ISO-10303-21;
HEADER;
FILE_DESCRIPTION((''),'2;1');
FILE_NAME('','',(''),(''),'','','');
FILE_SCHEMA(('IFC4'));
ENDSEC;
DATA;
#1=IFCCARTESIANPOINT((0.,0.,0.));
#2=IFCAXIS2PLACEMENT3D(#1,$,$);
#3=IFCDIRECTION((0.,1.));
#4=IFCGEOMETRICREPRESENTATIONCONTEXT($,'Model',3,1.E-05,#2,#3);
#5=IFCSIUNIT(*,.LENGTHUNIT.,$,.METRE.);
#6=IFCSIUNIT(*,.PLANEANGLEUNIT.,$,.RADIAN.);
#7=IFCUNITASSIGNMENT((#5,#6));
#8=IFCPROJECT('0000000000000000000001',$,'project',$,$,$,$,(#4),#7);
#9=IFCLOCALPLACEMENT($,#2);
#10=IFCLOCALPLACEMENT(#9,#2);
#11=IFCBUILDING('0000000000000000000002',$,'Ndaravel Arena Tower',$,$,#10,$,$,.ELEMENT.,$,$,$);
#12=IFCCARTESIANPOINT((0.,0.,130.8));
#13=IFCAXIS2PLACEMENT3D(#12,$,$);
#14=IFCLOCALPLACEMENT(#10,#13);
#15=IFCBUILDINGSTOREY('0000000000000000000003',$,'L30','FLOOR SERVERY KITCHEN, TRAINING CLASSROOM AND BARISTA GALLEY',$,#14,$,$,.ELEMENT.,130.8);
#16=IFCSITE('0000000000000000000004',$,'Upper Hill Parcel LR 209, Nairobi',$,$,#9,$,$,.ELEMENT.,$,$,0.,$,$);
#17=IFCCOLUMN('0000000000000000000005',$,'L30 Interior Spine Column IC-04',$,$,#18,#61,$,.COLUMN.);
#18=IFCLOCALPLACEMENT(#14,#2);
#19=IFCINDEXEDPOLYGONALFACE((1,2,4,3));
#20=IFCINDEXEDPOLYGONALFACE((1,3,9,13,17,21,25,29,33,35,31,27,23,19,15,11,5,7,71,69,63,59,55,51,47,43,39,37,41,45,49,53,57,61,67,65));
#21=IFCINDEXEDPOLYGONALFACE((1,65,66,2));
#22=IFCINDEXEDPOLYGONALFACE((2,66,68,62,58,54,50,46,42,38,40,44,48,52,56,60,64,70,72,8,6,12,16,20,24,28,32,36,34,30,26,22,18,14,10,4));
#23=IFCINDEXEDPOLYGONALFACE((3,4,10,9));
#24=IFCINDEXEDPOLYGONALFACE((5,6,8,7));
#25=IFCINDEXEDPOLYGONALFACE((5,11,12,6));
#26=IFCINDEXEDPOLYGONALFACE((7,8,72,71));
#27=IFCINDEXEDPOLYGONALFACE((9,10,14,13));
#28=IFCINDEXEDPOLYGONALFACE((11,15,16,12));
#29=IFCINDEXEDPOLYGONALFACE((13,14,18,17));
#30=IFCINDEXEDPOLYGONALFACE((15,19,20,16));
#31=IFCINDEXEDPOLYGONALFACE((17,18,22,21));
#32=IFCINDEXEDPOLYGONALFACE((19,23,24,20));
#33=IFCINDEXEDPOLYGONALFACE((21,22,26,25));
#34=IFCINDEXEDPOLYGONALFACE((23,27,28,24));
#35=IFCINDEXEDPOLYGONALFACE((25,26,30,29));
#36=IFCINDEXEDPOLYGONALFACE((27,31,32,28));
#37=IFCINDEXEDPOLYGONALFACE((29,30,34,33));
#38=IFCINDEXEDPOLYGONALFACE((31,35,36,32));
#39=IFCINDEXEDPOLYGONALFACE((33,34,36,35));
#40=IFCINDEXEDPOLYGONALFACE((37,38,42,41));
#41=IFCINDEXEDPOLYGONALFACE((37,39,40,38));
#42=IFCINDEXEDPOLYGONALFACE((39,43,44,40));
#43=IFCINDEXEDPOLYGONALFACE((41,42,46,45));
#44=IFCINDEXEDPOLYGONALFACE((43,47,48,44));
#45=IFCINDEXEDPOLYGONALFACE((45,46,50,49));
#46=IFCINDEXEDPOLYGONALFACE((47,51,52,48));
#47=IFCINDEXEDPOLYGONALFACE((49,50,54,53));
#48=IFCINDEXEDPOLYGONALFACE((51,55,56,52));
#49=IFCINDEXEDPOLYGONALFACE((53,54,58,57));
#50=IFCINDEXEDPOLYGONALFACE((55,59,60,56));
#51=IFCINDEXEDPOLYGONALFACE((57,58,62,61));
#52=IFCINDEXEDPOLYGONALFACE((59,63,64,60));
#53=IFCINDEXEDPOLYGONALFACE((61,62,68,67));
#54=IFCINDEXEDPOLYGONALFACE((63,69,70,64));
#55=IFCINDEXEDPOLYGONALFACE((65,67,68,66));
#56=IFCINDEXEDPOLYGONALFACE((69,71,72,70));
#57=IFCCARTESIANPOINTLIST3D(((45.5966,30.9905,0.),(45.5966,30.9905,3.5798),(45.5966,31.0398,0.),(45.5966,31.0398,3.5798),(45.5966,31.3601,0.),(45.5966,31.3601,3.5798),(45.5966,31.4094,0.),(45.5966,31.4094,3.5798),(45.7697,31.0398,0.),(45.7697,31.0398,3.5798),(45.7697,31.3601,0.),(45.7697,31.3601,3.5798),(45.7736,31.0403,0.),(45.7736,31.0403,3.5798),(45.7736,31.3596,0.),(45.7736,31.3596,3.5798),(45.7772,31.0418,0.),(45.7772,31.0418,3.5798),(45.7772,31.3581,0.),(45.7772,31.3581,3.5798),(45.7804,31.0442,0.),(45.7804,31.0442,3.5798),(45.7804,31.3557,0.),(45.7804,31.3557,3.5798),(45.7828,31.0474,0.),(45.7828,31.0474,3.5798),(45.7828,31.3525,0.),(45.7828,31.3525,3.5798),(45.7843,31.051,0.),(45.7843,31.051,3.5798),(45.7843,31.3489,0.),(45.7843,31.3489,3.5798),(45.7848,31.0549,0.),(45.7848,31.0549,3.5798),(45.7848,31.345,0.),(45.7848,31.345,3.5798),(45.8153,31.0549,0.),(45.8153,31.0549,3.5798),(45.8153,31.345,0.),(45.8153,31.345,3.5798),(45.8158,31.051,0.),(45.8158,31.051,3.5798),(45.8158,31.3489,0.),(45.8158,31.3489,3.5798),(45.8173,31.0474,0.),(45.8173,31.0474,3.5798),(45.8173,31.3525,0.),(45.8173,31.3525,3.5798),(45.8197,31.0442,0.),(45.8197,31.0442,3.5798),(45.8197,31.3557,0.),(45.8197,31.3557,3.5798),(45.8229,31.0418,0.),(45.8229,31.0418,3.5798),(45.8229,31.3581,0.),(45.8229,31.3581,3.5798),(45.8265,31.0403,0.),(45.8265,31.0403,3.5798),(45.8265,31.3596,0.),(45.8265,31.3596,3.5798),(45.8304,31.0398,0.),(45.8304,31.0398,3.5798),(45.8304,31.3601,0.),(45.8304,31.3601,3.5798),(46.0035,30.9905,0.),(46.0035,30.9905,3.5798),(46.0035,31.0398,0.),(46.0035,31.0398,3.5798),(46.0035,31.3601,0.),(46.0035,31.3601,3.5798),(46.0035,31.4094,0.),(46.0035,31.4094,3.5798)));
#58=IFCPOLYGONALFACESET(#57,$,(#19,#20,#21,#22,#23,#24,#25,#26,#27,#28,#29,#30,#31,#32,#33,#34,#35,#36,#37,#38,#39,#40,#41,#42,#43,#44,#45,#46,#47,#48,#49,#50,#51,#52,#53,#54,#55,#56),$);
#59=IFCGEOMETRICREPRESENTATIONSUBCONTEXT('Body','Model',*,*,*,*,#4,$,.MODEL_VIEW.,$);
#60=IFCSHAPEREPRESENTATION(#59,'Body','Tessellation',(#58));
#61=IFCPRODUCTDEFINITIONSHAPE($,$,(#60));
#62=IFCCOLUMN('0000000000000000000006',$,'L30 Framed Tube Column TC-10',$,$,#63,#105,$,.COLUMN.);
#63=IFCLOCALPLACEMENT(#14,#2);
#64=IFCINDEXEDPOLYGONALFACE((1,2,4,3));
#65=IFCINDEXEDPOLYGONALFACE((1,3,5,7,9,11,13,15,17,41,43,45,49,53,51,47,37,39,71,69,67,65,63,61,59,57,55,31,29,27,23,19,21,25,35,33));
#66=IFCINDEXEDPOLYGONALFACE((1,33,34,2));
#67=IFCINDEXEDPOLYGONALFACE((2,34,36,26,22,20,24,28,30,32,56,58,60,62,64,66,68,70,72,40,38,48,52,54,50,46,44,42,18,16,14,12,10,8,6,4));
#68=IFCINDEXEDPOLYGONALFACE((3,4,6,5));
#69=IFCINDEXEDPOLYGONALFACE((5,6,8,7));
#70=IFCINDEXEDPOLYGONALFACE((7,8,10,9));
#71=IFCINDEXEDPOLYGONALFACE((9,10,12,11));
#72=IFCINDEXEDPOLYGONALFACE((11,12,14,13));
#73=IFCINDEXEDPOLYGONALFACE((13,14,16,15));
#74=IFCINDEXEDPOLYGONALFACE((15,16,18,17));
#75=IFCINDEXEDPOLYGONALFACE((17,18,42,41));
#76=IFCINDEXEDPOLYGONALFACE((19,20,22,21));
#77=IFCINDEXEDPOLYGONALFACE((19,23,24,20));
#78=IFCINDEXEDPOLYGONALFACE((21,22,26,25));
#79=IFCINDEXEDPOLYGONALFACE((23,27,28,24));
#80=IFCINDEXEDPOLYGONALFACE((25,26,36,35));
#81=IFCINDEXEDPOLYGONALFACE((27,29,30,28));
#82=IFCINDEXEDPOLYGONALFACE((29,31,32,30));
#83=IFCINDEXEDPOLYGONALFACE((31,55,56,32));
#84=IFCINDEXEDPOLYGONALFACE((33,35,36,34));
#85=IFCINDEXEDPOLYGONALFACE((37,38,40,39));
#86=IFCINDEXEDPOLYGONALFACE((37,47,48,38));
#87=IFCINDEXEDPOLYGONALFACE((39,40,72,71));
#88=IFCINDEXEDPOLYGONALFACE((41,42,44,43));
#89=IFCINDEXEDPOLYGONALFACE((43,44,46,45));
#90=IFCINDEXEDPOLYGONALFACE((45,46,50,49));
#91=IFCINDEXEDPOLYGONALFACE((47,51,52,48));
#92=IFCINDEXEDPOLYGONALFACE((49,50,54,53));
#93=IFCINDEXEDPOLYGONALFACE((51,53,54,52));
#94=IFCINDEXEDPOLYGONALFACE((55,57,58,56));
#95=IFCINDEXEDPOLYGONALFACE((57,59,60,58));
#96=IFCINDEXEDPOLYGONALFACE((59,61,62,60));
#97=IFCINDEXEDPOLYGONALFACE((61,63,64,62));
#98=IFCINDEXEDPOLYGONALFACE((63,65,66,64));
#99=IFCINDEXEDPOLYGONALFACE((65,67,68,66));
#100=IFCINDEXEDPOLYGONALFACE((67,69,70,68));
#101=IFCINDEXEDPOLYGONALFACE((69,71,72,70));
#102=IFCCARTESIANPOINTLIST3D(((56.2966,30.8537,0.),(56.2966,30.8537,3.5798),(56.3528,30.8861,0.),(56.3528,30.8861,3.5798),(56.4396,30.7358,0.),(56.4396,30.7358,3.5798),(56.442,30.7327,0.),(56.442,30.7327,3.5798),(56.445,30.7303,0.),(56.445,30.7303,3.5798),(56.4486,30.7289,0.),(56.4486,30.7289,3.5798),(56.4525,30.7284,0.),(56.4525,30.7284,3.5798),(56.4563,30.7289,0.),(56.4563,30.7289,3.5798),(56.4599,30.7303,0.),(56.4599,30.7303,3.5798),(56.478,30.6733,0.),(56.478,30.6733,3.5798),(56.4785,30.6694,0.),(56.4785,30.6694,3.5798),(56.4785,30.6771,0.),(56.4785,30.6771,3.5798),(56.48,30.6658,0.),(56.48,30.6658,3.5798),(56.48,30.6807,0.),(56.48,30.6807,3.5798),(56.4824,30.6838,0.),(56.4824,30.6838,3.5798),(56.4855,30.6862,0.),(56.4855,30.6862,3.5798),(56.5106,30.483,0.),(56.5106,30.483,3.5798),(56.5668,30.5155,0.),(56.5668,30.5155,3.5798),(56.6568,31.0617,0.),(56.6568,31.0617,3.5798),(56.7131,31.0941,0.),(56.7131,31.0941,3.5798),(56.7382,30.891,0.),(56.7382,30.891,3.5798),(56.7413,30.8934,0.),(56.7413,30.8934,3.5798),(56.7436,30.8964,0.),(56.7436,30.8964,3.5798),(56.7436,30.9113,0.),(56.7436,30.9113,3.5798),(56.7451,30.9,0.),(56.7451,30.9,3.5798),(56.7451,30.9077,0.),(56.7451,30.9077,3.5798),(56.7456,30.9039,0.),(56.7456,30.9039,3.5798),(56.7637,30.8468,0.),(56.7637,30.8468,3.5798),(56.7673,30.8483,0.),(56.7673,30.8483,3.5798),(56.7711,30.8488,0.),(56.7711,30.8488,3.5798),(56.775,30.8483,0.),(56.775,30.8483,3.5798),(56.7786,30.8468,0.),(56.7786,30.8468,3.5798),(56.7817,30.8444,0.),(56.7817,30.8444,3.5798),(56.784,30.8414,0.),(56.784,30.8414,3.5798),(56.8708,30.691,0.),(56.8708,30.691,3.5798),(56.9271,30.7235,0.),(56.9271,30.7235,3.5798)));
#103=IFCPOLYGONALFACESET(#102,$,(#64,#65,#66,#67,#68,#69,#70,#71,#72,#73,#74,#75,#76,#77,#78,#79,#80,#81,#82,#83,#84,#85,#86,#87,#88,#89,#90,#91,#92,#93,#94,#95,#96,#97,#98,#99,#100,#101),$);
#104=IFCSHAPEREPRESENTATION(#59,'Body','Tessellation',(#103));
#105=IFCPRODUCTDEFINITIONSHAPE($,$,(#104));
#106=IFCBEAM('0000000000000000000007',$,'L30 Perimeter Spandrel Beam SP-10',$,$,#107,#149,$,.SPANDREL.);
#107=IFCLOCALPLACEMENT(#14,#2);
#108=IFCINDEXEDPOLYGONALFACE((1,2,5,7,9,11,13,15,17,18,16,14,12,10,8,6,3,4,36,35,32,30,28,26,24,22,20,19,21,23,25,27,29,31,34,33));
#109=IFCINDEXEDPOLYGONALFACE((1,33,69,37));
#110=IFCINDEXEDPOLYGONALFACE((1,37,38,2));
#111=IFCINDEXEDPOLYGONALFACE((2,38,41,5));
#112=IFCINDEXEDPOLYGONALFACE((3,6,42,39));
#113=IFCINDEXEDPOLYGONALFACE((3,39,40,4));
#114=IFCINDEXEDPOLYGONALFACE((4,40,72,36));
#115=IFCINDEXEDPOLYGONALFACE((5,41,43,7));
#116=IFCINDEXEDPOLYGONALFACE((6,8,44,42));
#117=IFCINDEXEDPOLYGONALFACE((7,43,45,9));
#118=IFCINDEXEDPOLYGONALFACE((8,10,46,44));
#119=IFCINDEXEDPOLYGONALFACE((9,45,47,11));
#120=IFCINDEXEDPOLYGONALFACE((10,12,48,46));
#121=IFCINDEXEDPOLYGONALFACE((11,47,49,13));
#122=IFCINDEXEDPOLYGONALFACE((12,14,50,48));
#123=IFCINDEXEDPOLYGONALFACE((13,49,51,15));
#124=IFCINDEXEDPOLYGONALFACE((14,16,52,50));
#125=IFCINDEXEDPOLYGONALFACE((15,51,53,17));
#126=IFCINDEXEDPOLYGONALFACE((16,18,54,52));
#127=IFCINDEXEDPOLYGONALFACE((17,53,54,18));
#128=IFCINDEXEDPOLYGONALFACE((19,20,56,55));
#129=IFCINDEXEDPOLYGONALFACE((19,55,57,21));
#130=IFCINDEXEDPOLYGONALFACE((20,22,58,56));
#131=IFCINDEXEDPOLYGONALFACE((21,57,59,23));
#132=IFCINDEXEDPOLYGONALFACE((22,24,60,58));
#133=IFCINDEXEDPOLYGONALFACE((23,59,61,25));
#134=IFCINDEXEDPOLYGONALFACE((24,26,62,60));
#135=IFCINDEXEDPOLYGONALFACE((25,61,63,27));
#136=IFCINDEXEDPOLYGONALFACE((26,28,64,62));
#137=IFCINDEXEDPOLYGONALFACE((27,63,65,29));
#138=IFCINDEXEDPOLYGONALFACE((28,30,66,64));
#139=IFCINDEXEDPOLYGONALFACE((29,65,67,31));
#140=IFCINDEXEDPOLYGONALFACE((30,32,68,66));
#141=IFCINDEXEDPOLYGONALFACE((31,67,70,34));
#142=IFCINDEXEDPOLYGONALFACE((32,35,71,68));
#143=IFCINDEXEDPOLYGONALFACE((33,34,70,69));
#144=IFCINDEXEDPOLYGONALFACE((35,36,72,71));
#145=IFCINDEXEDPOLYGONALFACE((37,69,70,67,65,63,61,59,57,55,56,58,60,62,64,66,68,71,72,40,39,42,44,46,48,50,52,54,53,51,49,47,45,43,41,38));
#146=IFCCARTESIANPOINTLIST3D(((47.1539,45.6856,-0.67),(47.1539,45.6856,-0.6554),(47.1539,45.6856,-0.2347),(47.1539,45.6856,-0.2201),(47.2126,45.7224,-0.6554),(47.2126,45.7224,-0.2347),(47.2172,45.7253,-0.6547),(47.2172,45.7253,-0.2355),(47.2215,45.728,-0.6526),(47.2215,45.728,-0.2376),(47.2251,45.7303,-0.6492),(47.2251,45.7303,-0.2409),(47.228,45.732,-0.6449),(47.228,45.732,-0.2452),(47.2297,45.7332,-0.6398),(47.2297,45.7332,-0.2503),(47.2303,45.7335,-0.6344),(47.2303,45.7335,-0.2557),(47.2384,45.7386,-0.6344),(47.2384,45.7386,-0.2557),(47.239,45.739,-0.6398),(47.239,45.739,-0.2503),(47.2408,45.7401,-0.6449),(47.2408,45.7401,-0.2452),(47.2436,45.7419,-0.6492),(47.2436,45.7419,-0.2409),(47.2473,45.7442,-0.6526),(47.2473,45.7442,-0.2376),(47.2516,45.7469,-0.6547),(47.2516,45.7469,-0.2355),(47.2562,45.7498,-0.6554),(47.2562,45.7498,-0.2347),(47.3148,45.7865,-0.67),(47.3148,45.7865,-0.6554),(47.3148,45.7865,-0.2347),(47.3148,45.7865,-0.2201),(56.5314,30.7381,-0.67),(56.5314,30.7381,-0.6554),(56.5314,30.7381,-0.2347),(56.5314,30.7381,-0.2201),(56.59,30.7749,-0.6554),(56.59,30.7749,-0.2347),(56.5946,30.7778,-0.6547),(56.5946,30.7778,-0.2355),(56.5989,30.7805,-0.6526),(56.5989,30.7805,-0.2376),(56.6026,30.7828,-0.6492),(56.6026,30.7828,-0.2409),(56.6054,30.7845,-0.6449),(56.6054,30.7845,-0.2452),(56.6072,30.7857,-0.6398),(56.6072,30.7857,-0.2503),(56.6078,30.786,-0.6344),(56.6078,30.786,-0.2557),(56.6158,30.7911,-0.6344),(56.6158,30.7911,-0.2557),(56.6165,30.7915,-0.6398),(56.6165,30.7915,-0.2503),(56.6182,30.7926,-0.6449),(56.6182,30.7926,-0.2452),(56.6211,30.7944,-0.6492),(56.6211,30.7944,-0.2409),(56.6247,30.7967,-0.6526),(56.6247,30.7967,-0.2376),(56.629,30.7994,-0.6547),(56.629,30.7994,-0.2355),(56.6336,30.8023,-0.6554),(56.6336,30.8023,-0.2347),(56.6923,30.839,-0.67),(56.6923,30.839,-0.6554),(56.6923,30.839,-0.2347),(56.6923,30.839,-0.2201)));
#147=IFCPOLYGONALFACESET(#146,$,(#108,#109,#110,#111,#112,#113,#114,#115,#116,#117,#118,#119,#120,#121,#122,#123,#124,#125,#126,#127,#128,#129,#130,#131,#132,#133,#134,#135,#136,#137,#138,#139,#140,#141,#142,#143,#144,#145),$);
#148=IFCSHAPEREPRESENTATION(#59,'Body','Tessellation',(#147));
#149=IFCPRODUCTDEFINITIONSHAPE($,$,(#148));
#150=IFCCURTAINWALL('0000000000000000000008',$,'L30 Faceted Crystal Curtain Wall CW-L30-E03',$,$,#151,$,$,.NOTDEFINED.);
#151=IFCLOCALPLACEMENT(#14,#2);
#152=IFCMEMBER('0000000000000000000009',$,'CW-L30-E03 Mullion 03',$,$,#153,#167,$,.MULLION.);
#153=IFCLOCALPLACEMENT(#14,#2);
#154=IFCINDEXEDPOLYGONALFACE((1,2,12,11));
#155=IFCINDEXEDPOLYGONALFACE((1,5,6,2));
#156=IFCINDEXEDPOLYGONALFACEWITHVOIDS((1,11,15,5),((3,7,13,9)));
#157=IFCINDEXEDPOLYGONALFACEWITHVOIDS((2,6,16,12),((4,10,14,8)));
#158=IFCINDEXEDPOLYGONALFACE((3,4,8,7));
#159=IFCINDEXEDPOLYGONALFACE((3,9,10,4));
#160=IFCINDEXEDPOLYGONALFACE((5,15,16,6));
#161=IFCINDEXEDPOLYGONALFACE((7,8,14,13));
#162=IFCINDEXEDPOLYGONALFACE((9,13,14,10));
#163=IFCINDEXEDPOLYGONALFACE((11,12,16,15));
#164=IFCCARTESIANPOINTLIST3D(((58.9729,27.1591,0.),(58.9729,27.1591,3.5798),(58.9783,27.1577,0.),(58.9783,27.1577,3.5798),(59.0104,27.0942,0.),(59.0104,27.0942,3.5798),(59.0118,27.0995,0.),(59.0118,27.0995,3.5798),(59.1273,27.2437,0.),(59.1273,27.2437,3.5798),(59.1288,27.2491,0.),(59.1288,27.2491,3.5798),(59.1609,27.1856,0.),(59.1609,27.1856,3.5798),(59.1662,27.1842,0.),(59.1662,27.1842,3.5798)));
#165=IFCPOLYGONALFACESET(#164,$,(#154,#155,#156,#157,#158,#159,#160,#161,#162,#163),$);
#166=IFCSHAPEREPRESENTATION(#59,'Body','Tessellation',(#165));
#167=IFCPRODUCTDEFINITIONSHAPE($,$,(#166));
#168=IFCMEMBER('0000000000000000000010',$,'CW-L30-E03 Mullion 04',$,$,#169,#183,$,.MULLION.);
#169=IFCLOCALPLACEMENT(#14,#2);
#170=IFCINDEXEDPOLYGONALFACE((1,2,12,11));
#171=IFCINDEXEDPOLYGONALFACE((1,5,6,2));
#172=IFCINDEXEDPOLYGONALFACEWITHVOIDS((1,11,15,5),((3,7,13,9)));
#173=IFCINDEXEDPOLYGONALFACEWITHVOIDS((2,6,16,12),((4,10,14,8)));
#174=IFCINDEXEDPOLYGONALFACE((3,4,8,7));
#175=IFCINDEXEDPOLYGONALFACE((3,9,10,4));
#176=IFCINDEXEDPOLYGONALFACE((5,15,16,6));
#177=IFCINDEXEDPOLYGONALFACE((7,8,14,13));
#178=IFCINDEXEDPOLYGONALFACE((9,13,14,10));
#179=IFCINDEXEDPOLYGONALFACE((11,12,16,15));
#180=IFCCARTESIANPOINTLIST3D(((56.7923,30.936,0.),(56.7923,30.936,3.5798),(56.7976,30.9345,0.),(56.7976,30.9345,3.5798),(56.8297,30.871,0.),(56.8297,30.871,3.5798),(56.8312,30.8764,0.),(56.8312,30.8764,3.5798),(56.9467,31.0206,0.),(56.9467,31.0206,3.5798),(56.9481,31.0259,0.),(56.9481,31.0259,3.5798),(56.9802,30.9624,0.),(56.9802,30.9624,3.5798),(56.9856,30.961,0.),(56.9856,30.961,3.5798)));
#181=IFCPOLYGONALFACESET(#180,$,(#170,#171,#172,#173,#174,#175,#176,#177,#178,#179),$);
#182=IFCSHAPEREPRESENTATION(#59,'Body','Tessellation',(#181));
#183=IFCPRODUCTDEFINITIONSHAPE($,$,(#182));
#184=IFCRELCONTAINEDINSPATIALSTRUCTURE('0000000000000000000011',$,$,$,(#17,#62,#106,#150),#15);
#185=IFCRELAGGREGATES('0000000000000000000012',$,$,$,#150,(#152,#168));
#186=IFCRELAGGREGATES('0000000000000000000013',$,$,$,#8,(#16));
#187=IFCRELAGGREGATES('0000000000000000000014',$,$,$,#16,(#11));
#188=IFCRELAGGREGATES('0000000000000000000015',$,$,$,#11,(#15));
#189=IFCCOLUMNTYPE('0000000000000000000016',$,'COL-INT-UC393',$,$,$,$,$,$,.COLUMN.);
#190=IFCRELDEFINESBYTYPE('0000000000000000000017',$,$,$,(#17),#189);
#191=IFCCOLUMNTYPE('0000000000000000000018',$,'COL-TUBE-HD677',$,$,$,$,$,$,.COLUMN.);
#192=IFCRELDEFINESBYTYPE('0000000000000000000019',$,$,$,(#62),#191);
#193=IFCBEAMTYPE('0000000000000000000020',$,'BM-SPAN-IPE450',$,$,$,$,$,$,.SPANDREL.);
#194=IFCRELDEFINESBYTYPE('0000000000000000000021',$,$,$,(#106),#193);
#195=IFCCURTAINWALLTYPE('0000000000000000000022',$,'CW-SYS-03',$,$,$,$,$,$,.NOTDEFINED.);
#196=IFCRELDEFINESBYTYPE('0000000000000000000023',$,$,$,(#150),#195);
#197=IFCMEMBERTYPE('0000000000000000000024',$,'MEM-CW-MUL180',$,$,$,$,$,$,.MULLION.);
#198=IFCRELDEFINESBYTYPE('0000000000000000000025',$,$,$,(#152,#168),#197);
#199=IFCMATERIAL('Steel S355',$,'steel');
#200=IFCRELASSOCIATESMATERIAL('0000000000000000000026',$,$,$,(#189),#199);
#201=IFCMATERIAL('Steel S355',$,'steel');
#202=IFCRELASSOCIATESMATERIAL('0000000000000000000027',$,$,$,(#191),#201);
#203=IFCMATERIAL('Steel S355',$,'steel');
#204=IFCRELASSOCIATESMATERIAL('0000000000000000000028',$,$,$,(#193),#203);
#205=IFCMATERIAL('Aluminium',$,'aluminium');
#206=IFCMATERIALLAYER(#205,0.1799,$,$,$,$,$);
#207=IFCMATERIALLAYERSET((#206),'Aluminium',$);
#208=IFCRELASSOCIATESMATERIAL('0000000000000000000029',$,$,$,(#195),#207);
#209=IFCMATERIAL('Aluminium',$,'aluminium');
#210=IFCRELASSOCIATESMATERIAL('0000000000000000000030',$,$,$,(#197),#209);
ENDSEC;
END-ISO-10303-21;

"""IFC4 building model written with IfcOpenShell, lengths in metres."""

from ifc_helpers import new_model, si_unit, direction, frame, origin, origin_2d, place, context, subcontext, project, spatial, hollow_rectangle, i_section, extrude, material, layer, layer_set, material_profile, profile_set, type_object, element, aggregate, save


model = new_model("IFC4")

# Units and contexts
model_context = context("Model", 3, precision=1e-05, world=origin(), true_north=direction((0.0, 1.0)))
body_context = subcontext(model_context, "Body", "Model", "MODEL_VIEW")
ifc_project = project(units=[si_unit("LENGTHUNIT", "METRE"), si_unit("PLANEANGLEUNIT", "RADIAN")], contexts=[model_context])

# Site, building, storey
site_placement = place(None, origin())
site = spatial("IfcSite", under=ifc_project, at=site_placement, Name="Upper Hill Parcel LR 209, Nairobi", CompositionType="ELEMENT", RefElevation=0.0)
building_placement = place(site_placement, origin())
building = spatial("IfcBuilding", under=site, at=building_placement, Name="Ndaravel Arena Tower", CompositionType="ELEMENT")
storey_placement = place(building_placement, frame((0.0, 0.0, 130.8)))
storey = spatial("IfcBuildingStorey", under=building, at=storey_placement, Name="L30", Description="FLOOR SERVERY KITCHEN, TRAINING CLASSROOM AND BARISTA GALLEY", CompositionType="ELEMENT", Elevation=130.8)

# Columns
ifc_material_1 = material(Name="Steel S355", Category="steel")
ifc_material_profile_1 = material_profile(ifc_material_1, i_section(OverallWidth=0.407, OverallDepth=0.4189, WebThickness=0.0305, FlangeThickness=0.0493, FilletRadius=0.0151, at=origin_2d()), Name="UC 356x406x393")
ifc_profile_set_1 = profile_set([ifc_material_profile_1], Name="Steel S355")
column_type_1 = type_object("IfcColumnType", Name="COL-INT-UC393", PredefinedType="COLUMN", material=ifc_profile_set_1)
column_1_placement = place(storey_placement, frame((45.8, 31.2, 0.0), z_axis=(0.0, 0.0, 1.0), x_axis=(1.0, 0.0, 0.0)))
element("IfcColumn", 1, at=column_1_placement, inside=storey, type_object=column_type_1, Name="L30 Interior Spine Column IC-04", PredefinedType="COLUMN", context=body_context, shape_type="SweptSolid", body=[
    extrude(i_section(OverallWidth=0.407, OverallDepth=0.4189, WebThickness=0.0305, FlangeThickness=0.0493, FilletRadius=0.0151, at=origin_2d()), origin(), (0.0, 0.0, 1.0), 3.5798),
])
ifc_material_2 = material(Name="Steel S355", Category="steel")
ifc_material_profile_2 = material_profile(ifc_material_2, i_section(OverallWidth=0.428, OverallDepth=0.481, WebThickness=0.051, FlangeThickness=0.0649, FilletRadius=0.0149, at=origin_2d()), Name="HD 400x677")
ifc_profile_set_2 = profile_set([ifc_material_profile_2], Name="Steel S355")
column_type_2 = type_object("IfcColumnType", Name="COL-TUBE-HD677", PredefinedType="COLUMN", material=ifc_profile_set_2)
column_2_placement = place(storey_placement, frame((56.6118, 30.7886, 0.0), z_axis=(0.0, 0.0, 1.0), x_axis=(-0.5, 0.866025, 0.0)))
element("IfcColumn", 2, at=column_2_placement, inside=storey, type_object=column_type_2, Name="L30 Framed Tube Column TC-10", PredefinedType="COLUMN", context=body_context, shape_type="SweptSolid", body=[
    extrude(i_section(OverallWidth=0.428, OverallDepth=0.481, WebThickness=0.051, FlangeThickness=0.0649, FilletRadius=0.0149, at=origin_2d()), origin(), (0.0, 0.0, 1.0), 3.5798),
])

# Beam
ifc_material_3 = material(Name="Steel S355", Category="steel")
ifc_material_profile_3 = material_profile(ifc_material_3, i_section(OverallWidth=0.1899, OverallDepth=0.45, WebThickness=0.0095, FlangeThickness=0.0146, FilletRadius=0.021, at=origin_2d()), Name="IPE 450")
ifc_profile_set_3 = profile_set([ifc_material_profile_3], Name="Steel S355")
beam_type = type_object("IfcBeamType", Name="BM-SPAN-IPE450", PredefinedType="SPANDREL", material=ifc_profile_set_3)
beam_placement = place(storey_placement, frame((56.6118, 30.7886, -0.4451), z_axis=(-0.531435, 0.847099, 0.0), x_axis=(-0.847099, -0.531435, 0.0)))
element("IfcBeam", 3, at=beam_placement, inside=storey, type_object=beam_type, Name="L30 Perimeter Spandrel Beam SP-10", PredefinedType="SPANDREL", context=body_context, shape_type="SweptSolid", body=[
    extrude(i_section(OverallWidth=0.1899, OverallDepth=0.45, WebThickness=0.0095, FlangeThickness=0.0146, FilletRadius=0.021, at=origin_2d()), origin(), (0.0, 0.0, 1.0), 17.6455),
])

# Curtain wall, members
ifc_material_4 = material(Name="Aluminium", Category="aluminium")
ifc_layer_1 = layer(ifc_material_4, 0.1799)
ifc_layer_set_1 = layer_set([ifc_layer_1], Name="Aluminium")
curtain_wall_type = type_object("IfcCurtainWallType", Name="CW-SYS-03", PredefinedType="NOTDEFINED", material=ifc_layer_set_1)
curtain_wall_placement = place(storey_placement, origin())
curtain_wall = element("IfcCurtainWall", 4, at=curtain_wall_placement, inside=storey, type_object=curtain_wall_type, Name="L30 Faceted Crystal Curtain Wall CW-L30-E03", PredefinedType="NOTDEFINED")
ifc_material_5 = material(Name="Aluminium", Category="aluminium")
ifc_material_profile_4 = material_profile(ifc_material_5, hollow_rectangle(XDim=0.075, YDim=0.1799, WallThickness=0.0039, at=origin_2d()), Name="CW MULLION 75x180x4")
ifc_profile_set_4 = profile_set([ifc_material_profile_4], Name="Aluminium")
member_type = type_object("IfcMemberType", Name="MEM-CW-MUL180", PredefinedType="MULLION", material=ifc_profile_set_4)
member_1_placement = place(storey_placement, frame((59.0696, 27.1716, 0.0), z_axis=(0.0, 0.0, 1.0), x_axis=(-0.5, 0.866025, 0.0)))
member_1 = element("IfcMember", 5, at=member_1_placement, type_object=member_type, Name="CW-L30-E03 Mullion 03", PredefinedType="MULLION", context=body_context, shape_type="SweptSolid", body=[
    extrude(hollow_rectangle(XDim=0.075, YDim=0.1799, WallThickness=0.0039, at=origin_2d()), origin(), (0.0, 0.0, 1.0), 3.5798),
])
member_2_placement = place(storey_placement, frame((56.8889, 30.9485, 0.0), z_axis=(0.0, 0.0, 1.0), x_axis=(-0.5, 0.866025, 0.0)))
member_2 = element("IfcMember", 6, at=member_2_placement, type_object=member_type, Name="CW-L30-E03 Mullion 04", PredefinedType="MULLION", context=body_context, shape_type="SweptSolid", body=[
    extrude(hollow_rectangle(XDim=0.075, YDim=0.1799, WallThickness=0.0039, at=origin_2d()), origin(), (0.0, 0.0, 1.0), 3.5798),
])
aggregate(curtain_wall, [member_1, member_2])

save(model, "model.ifc")
